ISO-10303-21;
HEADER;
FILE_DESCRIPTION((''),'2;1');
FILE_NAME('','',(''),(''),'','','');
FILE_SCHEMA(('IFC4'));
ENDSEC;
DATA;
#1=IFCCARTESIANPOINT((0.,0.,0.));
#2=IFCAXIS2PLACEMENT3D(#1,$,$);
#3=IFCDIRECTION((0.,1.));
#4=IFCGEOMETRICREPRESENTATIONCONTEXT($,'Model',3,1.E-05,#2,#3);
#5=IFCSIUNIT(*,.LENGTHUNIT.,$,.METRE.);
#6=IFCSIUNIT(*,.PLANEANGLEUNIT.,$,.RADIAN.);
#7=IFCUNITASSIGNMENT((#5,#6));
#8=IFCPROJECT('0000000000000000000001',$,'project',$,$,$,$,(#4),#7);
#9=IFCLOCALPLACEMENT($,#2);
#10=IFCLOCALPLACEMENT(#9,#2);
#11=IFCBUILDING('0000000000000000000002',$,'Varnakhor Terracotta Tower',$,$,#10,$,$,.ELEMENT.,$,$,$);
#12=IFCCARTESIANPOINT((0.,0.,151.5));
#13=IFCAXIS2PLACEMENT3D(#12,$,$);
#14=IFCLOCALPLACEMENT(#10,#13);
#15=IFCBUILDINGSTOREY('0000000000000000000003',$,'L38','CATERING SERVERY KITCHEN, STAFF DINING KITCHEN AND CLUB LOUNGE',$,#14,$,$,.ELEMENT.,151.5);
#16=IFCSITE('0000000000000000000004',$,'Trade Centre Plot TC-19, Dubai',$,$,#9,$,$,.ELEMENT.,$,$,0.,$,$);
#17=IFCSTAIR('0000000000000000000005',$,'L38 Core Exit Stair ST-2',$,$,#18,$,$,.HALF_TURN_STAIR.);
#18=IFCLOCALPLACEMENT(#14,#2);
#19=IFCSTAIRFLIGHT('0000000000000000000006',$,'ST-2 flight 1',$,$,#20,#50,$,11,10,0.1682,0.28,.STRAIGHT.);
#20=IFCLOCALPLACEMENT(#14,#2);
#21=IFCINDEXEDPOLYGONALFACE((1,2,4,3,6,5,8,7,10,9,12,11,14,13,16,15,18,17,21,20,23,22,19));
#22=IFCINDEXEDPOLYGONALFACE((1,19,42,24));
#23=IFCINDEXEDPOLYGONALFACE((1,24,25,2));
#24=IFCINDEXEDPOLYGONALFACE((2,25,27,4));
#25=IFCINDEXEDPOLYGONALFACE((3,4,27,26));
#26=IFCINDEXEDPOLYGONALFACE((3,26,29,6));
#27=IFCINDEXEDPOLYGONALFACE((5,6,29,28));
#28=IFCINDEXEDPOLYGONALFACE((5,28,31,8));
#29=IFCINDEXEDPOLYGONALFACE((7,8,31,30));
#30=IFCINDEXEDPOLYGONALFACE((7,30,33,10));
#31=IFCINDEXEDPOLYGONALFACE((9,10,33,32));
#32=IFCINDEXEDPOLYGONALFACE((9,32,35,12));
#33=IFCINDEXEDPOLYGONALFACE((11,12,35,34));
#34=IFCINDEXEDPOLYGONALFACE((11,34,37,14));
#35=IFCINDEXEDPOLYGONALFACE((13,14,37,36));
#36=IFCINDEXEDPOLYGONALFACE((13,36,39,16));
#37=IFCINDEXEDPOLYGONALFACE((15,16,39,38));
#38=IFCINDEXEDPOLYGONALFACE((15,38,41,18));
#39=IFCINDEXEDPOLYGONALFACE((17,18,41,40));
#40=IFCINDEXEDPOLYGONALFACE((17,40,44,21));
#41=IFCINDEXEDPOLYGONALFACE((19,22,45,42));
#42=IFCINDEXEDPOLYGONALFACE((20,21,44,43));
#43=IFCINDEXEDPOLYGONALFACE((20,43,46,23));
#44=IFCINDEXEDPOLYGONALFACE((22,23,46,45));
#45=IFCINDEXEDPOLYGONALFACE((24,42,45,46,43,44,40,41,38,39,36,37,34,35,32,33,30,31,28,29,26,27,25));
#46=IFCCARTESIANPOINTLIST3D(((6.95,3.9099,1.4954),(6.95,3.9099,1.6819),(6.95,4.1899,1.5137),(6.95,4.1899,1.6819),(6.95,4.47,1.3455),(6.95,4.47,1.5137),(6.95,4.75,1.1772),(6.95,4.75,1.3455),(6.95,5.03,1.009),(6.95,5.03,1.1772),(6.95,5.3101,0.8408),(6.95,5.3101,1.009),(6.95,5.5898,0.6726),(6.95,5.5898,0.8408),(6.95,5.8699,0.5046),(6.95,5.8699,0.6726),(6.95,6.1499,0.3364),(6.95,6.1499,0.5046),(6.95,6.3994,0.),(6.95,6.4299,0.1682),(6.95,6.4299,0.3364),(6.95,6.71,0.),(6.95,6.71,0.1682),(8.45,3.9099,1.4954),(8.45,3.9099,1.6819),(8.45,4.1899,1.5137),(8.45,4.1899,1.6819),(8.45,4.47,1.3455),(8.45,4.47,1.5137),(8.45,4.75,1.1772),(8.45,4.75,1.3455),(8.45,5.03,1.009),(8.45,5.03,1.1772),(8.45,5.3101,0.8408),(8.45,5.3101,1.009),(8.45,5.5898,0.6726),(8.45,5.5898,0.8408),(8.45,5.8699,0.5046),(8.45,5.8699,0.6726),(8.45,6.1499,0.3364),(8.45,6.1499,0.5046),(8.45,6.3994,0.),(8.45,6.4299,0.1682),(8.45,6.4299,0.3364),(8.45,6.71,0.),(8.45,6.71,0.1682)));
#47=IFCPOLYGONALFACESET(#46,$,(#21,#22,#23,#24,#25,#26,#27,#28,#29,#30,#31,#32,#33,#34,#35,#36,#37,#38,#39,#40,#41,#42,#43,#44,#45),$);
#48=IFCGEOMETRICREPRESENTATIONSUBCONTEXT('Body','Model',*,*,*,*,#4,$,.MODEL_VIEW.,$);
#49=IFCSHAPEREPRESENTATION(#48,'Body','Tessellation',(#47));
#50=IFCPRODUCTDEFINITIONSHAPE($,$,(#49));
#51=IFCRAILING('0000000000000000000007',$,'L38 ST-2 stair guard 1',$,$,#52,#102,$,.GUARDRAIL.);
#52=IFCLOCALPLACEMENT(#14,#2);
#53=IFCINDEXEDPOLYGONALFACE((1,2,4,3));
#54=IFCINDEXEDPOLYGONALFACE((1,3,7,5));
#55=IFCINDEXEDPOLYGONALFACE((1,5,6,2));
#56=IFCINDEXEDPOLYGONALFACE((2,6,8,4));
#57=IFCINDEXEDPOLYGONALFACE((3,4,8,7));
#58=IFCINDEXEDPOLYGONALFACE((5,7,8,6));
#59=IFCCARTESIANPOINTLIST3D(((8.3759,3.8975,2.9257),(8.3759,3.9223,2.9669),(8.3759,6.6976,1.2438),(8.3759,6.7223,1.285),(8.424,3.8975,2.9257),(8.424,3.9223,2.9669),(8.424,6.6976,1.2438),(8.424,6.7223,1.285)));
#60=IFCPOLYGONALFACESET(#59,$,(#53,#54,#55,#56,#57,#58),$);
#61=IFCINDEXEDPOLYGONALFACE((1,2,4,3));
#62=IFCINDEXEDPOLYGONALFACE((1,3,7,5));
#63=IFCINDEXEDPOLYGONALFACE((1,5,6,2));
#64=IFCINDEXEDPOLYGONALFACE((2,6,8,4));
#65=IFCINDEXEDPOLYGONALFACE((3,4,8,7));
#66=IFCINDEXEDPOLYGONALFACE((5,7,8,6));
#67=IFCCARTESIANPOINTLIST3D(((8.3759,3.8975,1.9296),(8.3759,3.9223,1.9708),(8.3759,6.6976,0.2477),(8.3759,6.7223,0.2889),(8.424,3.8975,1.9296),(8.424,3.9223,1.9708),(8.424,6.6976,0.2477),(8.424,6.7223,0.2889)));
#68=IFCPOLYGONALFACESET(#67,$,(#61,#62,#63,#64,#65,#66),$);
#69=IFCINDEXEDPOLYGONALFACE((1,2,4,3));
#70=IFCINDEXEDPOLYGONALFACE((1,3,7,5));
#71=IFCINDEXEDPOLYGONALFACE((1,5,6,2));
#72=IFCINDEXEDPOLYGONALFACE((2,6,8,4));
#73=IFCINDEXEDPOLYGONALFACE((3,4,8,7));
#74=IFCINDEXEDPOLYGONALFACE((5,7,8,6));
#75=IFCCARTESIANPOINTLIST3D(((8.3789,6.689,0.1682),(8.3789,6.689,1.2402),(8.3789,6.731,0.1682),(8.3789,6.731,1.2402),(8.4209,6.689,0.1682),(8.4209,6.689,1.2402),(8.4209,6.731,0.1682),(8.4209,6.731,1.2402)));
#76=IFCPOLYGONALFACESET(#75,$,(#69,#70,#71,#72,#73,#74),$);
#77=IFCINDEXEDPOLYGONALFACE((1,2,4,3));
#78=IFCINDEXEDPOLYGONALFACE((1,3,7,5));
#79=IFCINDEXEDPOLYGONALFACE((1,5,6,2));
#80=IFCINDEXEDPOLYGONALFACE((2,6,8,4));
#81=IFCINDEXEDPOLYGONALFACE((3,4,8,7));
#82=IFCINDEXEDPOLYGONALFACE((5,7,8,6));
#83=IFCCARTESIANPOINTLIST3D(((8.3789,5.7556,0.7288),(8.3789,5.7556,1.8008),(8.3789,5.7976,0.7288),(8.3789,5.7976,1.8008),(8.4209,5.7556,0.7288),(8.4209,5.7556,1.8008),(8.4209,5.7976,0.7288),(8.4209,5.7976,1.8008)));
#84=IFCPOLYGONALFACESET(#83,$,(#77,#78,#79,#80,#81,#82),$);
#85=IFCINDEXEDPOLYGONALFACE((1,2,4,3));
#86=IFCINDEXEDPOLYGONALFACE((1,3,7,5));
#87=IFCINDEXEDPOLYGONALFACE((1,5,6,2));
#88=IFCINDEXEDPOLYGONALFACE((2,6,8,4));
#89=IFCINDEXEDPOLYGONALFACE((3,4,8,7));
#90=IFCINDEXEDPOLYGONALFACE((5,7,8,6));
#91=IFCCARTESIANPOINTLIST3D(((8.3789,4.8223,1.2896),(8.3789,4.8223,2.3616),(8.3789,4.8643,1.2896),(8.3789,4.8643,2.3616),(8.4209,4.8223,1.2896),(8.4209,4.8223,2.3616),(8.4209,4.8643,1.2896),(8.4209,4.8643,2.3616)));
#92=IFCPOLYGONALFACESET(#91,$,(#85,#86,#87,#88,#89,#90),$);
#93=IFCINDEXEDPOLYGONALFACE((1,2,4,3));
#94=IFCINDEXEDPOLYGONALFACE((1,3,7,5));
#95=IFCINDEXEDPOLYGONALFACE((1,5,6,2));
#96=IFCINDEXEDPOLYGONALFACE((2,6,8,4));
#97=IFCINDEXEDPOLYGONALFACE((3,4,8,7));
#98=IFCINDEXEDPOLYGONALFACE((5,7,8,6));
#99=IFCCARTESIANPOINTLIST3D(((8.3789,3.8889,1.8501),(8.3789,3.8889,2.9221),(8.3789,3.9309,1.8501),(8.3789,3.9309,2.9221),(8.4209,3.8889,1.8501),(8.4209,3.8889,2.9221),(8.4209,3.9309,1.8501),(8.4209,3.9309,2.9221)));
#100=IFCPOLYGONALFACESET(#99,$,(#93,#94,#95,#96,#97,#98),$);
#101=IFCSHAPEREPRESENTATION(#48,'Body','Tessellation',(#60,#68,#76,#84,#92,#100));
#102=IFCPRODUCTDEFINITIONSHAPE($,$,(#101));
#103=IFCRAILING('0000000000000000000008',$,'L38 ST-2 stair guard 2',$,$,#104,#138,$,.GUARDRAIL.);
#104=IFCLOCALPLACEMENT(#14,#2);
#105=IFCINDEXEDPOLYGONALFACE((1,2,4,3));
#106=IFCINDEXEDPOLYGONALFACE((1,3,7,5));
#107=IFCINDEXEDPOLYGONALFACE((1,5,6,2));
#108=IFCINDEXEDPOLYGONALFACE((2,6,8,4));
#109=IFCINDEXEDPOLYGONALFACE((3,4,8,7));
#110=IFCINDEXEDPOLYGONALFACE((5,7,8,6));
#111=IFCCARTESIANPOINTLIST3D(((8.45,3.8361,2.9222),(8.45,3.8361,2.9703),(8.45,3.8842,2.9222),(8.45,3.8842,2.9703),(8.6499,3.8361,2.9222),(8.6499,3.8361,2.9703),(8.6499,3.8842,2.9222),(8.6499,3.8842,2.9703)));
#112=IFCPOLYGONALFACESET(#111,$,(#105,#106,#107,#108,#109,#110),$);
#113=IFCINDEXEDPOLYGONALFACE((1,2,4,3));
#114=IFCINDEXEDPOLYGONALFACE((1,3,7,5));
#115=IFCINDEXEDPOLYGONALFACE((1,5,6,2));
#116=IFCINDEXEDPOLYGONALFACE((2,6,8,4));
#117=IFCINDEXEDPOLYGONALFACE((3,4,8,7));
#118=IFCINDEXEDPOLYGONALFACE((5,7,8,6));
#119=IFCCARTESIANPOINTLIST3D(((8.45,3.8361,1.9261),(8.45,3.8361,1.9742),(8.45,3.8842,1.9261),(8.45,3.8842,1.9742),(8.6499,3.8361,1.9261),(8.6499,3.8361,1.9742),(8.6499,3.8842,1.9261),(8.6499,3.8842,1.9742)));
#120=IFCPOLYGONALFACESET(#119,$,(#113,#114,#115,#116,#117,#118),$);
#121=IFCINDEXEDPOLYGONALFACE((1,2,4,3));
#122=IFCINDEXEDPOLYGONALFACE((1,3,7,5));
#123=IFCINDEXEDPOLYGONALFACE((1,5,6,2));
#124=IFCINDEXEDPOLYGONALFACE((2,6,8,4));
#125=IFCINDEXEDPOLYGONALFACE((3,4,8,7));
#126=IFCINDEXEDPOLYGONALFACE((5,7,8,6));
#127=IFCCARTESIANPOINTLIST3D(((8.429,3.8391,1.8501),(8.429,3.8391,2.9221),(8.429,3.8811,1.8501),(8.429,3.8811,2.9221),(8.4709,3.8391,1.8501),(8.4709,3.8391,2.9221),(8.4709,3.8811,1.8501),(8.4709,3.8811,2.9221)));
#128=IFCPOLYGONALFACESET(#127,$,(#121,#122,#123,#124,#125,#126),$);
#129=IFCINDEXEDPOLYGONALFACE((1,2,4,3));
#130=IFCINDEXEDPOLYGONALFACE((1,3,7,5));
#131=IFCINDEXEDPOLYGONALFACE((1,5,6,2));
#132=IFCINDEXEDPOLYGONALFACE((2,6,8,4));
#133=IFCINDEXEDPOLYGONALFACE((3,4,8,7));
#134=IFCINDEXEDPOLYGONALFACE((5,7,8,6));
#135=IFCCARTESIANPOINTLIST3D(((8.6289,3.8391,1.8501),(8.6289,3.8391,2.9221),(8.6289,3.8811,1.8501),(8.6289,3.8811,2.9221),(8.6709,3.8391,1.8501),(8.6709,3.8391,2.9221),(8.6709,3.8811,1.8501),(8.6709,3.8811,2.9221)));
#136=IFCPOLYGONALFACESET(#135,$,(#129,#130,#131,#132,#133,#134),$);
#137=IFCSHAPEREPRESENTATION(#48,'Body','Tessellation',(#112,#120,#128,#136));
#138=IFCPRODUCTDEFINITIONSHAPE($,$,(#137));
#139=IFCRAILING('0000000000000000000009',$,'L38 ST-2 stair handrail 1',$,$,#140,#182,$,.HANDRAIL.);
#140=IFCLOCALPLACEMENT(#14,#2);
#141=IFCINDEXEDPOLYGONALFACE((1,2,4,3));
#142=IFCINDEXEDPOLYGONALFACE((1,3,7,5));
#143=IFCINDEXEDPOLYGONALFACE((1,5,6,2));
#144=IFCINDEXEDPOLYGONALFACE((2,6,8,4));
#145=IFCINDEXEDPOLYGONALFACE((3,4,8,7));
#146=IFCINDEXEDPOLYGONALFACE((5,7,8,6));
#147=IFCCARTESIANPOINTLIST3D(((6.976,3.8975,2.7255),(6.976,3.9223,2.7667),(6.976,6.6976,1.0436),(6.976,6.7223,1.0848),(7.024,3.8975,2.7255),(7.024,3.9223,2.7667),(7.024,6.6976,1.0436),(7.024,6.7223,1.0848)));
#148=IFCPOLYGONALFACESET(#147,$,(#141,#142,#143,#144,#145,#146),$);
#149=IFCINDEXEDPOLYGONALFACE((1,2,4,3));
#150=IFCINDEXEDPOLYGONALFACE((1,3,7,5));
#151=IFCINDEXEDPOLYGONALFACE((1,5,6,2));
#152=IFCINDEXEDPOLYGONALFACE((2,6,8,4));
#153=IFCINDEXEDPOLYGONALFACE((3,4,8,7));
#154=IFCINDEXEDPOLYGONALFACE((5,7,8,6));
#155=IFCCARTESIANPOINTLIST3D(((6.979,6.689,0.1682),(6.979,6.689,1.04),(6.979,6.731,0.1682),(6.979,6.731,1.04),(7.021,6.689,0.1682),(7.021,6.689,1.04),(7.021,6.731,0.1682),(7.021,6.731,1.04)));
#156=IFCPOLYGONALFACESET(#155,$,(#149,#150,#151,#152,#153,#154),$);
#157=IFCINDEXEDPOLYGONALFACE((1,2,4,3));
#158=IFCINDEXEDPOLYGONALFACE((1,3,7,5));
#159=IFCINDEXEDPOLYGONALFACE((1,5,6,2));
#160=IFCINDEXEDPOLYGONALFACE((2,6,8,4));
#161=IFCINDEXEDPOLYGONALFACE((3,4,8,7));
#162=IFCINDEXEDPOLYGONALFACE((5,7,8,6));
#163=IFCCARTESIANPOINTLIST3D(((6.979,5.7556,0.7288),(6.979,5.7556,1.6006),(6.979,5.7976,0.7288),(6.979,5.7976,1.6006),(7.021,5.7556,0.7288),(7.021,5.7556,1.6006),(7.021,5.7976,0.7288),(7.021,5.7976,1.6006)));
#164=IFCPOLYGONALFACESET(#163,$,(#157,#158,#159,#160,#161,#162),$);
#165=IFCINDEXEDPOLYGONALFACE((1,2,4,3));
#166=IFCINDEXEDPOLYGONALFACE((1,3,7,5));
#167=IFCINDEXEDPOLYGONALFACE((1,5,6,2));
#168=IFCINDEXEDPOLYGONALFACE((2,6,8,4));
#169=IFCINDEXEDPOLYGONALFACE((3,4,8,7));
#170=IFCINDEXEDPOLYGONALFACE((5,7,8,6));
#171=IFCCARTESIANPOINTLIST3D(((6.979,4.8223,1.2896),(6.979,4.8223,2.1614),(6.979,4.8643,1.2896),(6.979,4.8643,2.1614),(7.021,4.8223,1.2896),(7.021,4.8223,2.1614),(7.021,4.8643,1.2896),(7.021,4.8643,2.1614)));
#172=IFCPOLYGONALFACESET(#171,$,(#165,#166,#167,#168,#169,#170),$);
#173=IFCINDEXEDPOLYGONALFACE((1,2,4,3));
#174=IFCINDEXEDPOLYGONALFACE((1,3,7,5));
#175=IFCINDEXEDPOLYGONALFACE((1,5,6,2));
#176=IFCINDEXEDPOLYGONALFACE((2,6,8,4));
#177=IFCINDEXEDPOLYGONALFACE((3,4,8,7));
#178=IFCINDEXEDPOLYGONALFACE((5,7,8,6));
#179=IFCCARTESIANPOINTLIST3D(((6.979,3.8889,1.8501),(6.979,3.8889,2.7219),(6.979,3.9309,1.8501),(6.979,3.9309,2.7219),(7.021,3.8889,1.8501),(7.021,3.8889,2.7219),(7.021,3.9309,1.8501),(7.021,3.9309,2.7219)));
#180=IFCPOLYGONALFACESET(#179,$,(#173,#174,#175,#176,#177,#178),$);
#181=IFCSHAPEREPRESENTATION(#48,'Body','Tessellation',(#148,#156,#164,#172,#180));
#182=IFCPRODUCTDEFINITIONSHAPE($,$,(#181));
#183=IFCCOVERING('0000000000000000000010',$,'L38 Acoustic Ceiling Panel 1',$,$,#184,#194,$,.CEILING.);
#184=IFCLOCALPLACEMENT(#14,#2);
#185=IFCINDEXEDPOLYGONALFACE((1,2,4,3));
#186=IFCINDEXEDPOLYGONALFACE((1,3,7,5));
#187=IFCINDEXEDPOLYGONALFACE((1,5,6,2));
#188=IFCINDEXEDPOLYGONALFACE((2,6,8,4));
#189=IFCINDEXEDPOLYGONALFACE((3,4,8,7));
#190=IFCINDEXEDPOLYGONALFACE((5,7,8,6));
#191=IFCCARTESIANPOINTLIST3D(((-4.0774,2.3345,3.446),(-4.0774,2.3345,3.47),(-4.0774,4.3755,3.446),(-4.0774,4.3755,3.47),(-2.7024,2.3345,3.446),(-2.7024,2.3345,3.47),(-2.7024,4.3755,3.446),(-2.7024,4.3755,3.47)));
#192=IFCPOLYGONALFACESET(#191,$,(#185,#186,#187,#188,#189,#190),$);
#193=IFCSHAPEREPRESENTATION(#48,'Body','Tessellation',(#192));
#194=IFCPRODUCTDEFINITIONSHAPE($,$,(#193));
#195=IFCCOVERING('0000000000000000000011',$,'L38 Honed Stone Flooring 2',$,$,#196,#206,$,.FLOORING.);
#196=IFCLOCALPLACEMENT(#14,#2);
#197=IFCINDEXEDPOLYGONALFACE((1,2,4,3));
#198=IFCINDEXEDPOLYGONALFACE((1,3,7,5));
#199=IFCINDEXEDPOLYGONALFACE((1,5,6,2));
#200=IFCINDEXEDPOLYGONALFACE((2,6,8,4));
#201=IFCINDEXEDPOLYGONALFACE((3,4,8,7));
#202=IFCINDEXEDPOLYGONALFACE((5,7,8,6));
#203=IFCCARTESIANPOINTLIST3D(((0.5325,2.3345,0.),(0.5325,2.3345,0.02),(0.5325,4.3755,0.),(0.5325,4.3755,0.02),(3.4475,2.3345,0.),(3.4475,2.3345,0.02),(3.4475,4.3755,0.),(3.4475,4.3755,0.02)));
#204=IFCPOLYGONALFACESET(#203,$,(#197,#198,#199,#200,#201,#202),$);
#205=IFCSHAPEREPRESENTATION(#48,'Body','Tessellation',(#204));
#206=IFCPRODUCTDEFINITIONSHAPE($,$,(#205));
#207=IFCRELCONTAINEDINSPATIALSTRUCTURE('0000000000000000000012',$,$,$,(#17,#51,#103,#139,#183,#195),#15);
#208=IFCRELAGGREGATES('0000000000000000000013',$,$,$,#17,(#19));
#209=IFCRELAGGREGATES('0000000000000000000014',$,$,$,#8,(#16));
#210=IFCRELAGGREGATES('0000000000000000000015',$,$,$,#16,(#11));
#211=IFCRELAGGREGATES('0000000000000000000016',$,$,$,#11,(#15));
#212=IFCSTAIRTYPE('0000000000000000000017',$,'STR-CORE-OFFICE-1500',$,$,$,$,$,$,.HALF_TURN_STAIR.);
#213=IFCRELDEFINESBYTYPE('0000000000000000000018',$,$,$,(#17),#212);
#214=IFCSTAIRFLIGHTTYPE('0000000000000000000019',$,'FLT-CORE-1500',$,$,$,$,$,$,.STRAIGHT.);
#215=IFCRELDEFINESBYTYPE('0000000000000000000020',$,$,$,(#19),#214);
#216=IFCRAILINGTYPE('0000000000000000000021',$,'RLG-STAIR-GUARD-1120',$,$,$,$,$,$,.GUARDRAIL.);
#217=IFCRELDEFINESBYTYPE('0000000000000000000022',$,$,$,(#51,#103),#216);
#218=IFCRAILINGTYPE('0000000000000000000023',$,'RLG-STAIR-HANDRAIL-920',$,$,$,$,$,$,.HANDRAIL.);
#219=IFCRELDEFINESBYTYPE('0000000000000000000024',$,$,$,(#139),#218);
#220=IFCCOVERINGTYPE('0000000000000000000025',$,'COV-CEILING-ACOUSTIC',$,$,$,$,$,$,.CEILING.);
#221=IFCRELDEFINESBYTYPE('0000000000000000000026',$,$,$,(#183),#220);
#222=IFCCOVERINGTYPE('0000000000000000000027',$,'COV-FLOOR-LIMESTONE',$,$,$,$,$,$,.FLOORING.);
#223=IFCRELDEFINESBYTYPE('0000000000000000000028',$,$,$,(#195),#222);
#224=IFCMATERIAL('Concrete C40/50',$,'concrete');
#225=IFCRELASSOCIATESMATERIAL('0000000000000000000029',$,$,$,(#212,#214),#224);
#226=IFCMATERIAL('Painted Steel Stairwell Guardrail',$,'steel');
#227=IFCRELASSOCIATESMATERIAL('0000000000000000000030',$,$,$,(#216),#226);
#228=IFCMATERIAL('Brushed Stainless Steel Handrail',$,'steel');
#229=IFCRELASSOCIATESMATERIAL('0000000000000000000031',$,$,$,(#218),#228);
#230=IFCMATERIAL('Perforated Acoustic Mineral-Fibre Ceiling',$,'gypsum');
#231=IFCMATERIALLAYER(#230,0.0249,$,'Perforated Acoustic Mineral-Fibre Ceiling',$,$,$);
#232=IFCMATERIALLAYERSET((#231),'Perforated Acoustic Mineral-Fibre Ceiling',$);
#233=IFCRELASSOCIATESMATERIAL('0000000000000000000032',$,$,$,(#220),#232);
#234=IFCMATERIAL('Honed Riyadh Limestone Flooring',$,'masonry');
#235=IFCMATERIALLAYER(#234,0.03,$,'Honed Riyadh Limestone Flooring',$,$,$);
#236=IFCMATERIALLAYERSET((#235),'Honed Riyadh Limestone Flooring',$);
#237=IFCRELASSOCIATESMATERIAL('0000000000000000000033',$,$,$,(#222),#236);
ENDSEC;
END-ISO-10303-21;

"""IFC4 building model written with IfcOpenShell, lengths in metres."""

from ifc_helpers import new_model, si_unit, direction, frame, origin, origin_2d, place, context, subcontext, project, spatial, polyline, rectangle, outline, extrude, source, transform, mapped, material, layer, layer_set, type_object, element, aggregate, save


model = new_model("IFC4")

# Units and contexts
model_context = context("Model", 3, precision=1e-05, world=origin(), true_north=direction((0.0, 1.0)))
body_context = subcontext(model_context, "Body", "Model", "MODEL_VIEW")
ifc_project = project(units=[si_unit("LENGTHUNIT", "METRE"), si_unit("PLANEANGLEUNIT", "RADIAN")], contexts=[model_context])

# Site, building, storey
site_placement = place(None, origin())
site = spatial("IfcSite", under=ifc_project, at=site_placement, Name="Trade Centre Plot TC-19, Dubai", CompositionType="ELEMENT", RefElevation=0.0)
building_placement = place(site_placement, origin())
building = spatial("IfcBuilding", under=site, at=building_placement, Name="Varnakhor Terracotta Tower", CompositionType="ELEMENT")
storey_placement = place(building_placement, frame((0.0, 0.0, 151.5)))
storey = spatial("IfcBuildingStorey", under=building, at=storey_placement, Name="L38", Description="CATERING SERVERY KITCHEN, STAFF DINING KITCHEN AND CLUB LOUNGE", CompositionType="ELEMENT", Elevation=151.5)

# Stair
ifc_material_1 = material(Name="Concrete C40/50", Category="concrete")
stair_type = type_object("IfcStairType", Name="STR-CORE-OFFICE-1500", PredefinedType="HALF_TURN_STAIR", material=ifc_material_1)
stair_1_placement = place(storey_placement, origin())
stair_1 = element("IfcStair", 1, at=stair_1_placement, inside=storey, type_object=stair_type, Name="L38 Core Exit Stair ST-2", PredefinedType="HALF_TURN_STAIR")

# Stair flight
stair_flight_type = type_object("IfcStairFlightType", Name="FLT-CORE-1500", PredefinedType="STRAIGHT", material=ifc_material_1)
stair_flight_placement = place(storey_placement, frame((7.7, 6.71, 0.0), z_axis=(0.0, 0.0, 1.0), x_axis=(0.0, -1.0, 0.0)))
stair_flight = element("IfcStairFlight", 2, at=stair_flight_placement, type_object=stair_flight_type, Name="ST-2 flight 1", NumberOfRisers=11, NumberOfTreads=10, PredefinedType="STRAIGHT", RiserHeight=0.1682, TreadLength=0.28, context=body_context, shape_type="SweptSolid", body=[
    extrude(outline(polyline([(0.0, 0.0), (0.0, 0.1682), (0.28, 0.1682), (0.28, 0.3364), (0.5601, 0.3364), (0.5601, 0.5046), (0.8401, 0.5046), (0.8401, 0.6726), (1.1201, 0.6726), (1.1201, 0.8408), (1.3999, 0.8408), (1.3999, 1.009), (1.6799, 1.009), (1.6799, 1.1772), (1.96, 1.1772), (1.96, 1.3455), (2.24, 1.3455), (2.24, 1.5137), (2.52, 1.5137), (2.52, 1.6819), (2.8, 1.6819), (2.8, 1.8501), (2.8, 1.4954), (0.3105, 0.0), (0.0, 0.0)])), frame((0.0, 0.75, 0.0), z_axis=(0.0, -1.0, 0.0), x_axis=(1.0, 0.0, 0.0)), (0.0, 0.0, 1.0), 1.5),
])
aggregate(stair_1, [stair_flight])

# Railings
ifc_material_2 = material(Name="Painted Steel Stairwell Guardrail", Category="steel")
railing_type_1 = type_object("IfcRailingType", Name="RLG-STAIR-GUARD-1120", PredefinedType="GUARDRAIL", material=ifc_material_2)
railing_1_placement = place(storey_placement, frame((8.3999, 6.71, 0.1682)))
element("IfcRailing", 3, at=railing_1_placement, inside=storey, type_object=railing_type_1, Name="L38 ST-2 stair guard 1", PredefinedType="GUARDRAIL", context=body_context, shape_type="SweptSolid", body=[
    extrude(rectangle(XDim=0.0481, YDim=0.0481, at=origin_2d()), frame((0.0, 0.0, 1.0962), z_axis=(0.0, -0.857242, 0.514913), x_axis=(1.0, 0.0, 0.0)), (0.0, 0.0, 1.0), 3.2664),
    extrude(rectangle(XDim=0.0481, YDim=0.0481, at=origin_2d()), frame((0.0, 0.0, 0.1001), z_axis=(0.0, -0.857242, 0.514913), x_axis=(1.0, 0.0, 0.0)), (0.0, 0.0, 1.0), 3.2664),
    extrude(rectangle(XDim=0.042, YDim=0.042, at=origin_2d()), origin(), (0.0, 0.0, 1.0), 1.072),
    extrude(rectangle(XDim=0.042, YDim=0.042, at=origin_2d()), frame((0.0, -0.9333, 0.5605)), (0.0, 0.0, 1.0), 1.072),
    extrude(rectangle(XDim=0.042, YDim=0.042, at=origin_2d()), frame((0.0, -1.8667, 1.1213)), (0.0, 0.0, 1.0), 1.072),
    extrude(rectangle(XDim=0.042, YDim=0.042, at=origin_2d()), frame((0.0, -2.8, 1.6819)), (0.0, 0.0, 1.0), 1.072),
])
railing_2_placement = place(storey_placement, frame((8.45, 3.8601, 1.8501)))
element("IfcRailing", 4, at=railing_2_placement, inside=storey, type_object=railing_type_1, Name="L38 ST-2 stair guard 2", PredefinedType="GUARDRAIL", context=body_context, shape_type="SweptSolid", body=[
    extrude(rectangle(XDim=0.0481, YDim=0.0481, at=origin_2d()), frame((0.0, 0.0, 1.0962), z_axis=(1.0, 0.0, 0.0), x_axis=(0.0, 1.0, 0.0)), (0.0, 0.0, 1.0), 0.2),
    extrude(rectangle(XDim=0.0481, YDim=0.0481, at=origin_2d()), frame((0.0, 0.0, 0.1001), z_axis=(1.0, 0.0, 0.0), x_axis=(0.0, 1.0, 0.0)), (0.0, 0.0, 1.0), 0.2),
    extrude(rectangle(XDim=0.042, YDim=0.042, at=origin_2d()), origin(), (0.0, 0.0, 1.0), 1.072),
    extrude(rectangle(XDim=0.042, YDim=0.042, at=origin_2d()), frame((0.2, 0.0, 0.0)), (0.0, 0.0, 1.0), 1.072),
])
ifc_material_3 = material(Name="Brushed Stainless Steel Handrail", Category="steel")
railing_type_2 = type_object("IfcRailingType", Name="RLG-STAIR-HANDRAIL-920", PredefinedType="HANDRAIL", material=ifc_material_3)
railing_3_placement = place(storey_placement, frame((7.0, 6.71, 0.1682)))
element("IfcRailing", 5, at=railing_3_placement, inside=storey, type_object=railing_type_2, Name="L38 ST-2 stair handrail 1", PredefinedType="HANDRAIL", context=body_context, shape_type="SweptSolid", body=[
    extrude(rectangle(XDim=0.0481, YDim=0.0481, at=origin_2d()), frame((0.0, 0.0, 0.896), z_axis=(0.0, -0.857242, 0.514913), x_axis=(1.0, 0.0, 0.0)), (0.0, 0.0, 1.0), 3.2664),
    extrude(rectangle(XDim=0.042, YDim=0.042, at=origin_2d()), origin(), (0.0, 0.0, 1.0), 0.8718),
    extrude(rectangle(XDim=0.042, YDim=0.042, at=origin_2d()), frame((0.0, -0.9333, 0.5605)), (0.0, 0.0, 1.0), 0.8718),
    extrude(rectangle(XDim=0.042, YDim=0.042, at=origin_2d()), frame((0.0, -1.8667, 1.1213)), (0.0, 0.0, 1.0), 0.8718),
    extrude(rectangle(XDim=0.042, YDim=0.042, at=origin_2d()), frame((0.0, -2.8, 1.6819)), (0.0, 0.0, 1.0), 0.8718),
])

# Coverings
ifc_material_4 = material(Name="Perforated Acoustic Mineral-Fibre Ceiling", Category="gypsum")
ifc_layer_1 = layer(ifc_material_4, 0.0249, Name="Perforated Acoustic Mineral-Fibre Ceiling")
ifc_layer_set_1 = layer_set([ifc_layer_1], Name="Perforated Acoustic Mineral-Fibre Ceiling")
covering_type_1 = type_object("IfcCoveringType", Name="COV-CEILING-ACOUSTIC", PredefinedType="CEILING", material=ifc_layer_set_1)
shared_shape_1 = source(origin(), body_context, "Body", "SweptSolid", [
    extrude(rectangle(XDim=1.375, YDim=2.041, at=origin_2d()), origin(), (0.0, 0.0, 1.0), 0.0239),
])
covering_1_placement = place(storey_placement, frame((-3.3899, 3.355, 3.446), z_axis=(0.0, 0.0, 1.0), x_axis=(1.0, 0.0, 0.0)))
element("IfcCovering", 6, at=covering_1_placement, inside=storey, type_object=covering_type_1, Name="L38 Acoustic Ceiling Panel 1", PredefinedType="CEILING", context=body_context, shape_type="MappedRepresentation", body=[
    mapped(shared_shape_1, transform((0.0, 0.0, 0.0), scale=1.0)),
])
ifc_material_5 = material(Name="Honed Riyadh Limestone Flooring", Category="masonry")
ifc_layer_2 = layer(ifc_material_5, 0.03, Name="Honed Riyadh Limestone Flooring")
ifc_layer_set_2 = layer_set([ifc_layer_2], Name="Honed Riyadh Limestone Flooring")
covering_type_2 = type_object("IfcCoveringType", Name="COV-FLOOR-LIMESTONE", PredefinedType="FLOORING", material=ifc_layer_set_2)
shared_shape_2 = source(origin(), body_context, "Body", "SweptSolid", [
    extrude(rectangle(XDim=2.915, YDim=2.041, at=origin_2d()), origin(), (0.0, 0.0, 1.0), 0.02),
])
covering_2_placement = place(storey_placement, frame((1.99, 3.355, 0.0), z_axis=(0.0, 0.0, 1.0), x_axis=(1.0, 0.0, 0.0)))
element("IfcCovering", 7, at=covering_2_placement, inside=storey, type_object=covering_type_2, Name="L38 Honed Stone Flooring 2", PredefinedType="FLOORING", context=body_context, shape_type="MappedRepresentation", body=[
    mapped(shared_shape_2, transform((0.0, 0.0, 0.0), scale=1.0)),
])

save(model, "model.ifc")
